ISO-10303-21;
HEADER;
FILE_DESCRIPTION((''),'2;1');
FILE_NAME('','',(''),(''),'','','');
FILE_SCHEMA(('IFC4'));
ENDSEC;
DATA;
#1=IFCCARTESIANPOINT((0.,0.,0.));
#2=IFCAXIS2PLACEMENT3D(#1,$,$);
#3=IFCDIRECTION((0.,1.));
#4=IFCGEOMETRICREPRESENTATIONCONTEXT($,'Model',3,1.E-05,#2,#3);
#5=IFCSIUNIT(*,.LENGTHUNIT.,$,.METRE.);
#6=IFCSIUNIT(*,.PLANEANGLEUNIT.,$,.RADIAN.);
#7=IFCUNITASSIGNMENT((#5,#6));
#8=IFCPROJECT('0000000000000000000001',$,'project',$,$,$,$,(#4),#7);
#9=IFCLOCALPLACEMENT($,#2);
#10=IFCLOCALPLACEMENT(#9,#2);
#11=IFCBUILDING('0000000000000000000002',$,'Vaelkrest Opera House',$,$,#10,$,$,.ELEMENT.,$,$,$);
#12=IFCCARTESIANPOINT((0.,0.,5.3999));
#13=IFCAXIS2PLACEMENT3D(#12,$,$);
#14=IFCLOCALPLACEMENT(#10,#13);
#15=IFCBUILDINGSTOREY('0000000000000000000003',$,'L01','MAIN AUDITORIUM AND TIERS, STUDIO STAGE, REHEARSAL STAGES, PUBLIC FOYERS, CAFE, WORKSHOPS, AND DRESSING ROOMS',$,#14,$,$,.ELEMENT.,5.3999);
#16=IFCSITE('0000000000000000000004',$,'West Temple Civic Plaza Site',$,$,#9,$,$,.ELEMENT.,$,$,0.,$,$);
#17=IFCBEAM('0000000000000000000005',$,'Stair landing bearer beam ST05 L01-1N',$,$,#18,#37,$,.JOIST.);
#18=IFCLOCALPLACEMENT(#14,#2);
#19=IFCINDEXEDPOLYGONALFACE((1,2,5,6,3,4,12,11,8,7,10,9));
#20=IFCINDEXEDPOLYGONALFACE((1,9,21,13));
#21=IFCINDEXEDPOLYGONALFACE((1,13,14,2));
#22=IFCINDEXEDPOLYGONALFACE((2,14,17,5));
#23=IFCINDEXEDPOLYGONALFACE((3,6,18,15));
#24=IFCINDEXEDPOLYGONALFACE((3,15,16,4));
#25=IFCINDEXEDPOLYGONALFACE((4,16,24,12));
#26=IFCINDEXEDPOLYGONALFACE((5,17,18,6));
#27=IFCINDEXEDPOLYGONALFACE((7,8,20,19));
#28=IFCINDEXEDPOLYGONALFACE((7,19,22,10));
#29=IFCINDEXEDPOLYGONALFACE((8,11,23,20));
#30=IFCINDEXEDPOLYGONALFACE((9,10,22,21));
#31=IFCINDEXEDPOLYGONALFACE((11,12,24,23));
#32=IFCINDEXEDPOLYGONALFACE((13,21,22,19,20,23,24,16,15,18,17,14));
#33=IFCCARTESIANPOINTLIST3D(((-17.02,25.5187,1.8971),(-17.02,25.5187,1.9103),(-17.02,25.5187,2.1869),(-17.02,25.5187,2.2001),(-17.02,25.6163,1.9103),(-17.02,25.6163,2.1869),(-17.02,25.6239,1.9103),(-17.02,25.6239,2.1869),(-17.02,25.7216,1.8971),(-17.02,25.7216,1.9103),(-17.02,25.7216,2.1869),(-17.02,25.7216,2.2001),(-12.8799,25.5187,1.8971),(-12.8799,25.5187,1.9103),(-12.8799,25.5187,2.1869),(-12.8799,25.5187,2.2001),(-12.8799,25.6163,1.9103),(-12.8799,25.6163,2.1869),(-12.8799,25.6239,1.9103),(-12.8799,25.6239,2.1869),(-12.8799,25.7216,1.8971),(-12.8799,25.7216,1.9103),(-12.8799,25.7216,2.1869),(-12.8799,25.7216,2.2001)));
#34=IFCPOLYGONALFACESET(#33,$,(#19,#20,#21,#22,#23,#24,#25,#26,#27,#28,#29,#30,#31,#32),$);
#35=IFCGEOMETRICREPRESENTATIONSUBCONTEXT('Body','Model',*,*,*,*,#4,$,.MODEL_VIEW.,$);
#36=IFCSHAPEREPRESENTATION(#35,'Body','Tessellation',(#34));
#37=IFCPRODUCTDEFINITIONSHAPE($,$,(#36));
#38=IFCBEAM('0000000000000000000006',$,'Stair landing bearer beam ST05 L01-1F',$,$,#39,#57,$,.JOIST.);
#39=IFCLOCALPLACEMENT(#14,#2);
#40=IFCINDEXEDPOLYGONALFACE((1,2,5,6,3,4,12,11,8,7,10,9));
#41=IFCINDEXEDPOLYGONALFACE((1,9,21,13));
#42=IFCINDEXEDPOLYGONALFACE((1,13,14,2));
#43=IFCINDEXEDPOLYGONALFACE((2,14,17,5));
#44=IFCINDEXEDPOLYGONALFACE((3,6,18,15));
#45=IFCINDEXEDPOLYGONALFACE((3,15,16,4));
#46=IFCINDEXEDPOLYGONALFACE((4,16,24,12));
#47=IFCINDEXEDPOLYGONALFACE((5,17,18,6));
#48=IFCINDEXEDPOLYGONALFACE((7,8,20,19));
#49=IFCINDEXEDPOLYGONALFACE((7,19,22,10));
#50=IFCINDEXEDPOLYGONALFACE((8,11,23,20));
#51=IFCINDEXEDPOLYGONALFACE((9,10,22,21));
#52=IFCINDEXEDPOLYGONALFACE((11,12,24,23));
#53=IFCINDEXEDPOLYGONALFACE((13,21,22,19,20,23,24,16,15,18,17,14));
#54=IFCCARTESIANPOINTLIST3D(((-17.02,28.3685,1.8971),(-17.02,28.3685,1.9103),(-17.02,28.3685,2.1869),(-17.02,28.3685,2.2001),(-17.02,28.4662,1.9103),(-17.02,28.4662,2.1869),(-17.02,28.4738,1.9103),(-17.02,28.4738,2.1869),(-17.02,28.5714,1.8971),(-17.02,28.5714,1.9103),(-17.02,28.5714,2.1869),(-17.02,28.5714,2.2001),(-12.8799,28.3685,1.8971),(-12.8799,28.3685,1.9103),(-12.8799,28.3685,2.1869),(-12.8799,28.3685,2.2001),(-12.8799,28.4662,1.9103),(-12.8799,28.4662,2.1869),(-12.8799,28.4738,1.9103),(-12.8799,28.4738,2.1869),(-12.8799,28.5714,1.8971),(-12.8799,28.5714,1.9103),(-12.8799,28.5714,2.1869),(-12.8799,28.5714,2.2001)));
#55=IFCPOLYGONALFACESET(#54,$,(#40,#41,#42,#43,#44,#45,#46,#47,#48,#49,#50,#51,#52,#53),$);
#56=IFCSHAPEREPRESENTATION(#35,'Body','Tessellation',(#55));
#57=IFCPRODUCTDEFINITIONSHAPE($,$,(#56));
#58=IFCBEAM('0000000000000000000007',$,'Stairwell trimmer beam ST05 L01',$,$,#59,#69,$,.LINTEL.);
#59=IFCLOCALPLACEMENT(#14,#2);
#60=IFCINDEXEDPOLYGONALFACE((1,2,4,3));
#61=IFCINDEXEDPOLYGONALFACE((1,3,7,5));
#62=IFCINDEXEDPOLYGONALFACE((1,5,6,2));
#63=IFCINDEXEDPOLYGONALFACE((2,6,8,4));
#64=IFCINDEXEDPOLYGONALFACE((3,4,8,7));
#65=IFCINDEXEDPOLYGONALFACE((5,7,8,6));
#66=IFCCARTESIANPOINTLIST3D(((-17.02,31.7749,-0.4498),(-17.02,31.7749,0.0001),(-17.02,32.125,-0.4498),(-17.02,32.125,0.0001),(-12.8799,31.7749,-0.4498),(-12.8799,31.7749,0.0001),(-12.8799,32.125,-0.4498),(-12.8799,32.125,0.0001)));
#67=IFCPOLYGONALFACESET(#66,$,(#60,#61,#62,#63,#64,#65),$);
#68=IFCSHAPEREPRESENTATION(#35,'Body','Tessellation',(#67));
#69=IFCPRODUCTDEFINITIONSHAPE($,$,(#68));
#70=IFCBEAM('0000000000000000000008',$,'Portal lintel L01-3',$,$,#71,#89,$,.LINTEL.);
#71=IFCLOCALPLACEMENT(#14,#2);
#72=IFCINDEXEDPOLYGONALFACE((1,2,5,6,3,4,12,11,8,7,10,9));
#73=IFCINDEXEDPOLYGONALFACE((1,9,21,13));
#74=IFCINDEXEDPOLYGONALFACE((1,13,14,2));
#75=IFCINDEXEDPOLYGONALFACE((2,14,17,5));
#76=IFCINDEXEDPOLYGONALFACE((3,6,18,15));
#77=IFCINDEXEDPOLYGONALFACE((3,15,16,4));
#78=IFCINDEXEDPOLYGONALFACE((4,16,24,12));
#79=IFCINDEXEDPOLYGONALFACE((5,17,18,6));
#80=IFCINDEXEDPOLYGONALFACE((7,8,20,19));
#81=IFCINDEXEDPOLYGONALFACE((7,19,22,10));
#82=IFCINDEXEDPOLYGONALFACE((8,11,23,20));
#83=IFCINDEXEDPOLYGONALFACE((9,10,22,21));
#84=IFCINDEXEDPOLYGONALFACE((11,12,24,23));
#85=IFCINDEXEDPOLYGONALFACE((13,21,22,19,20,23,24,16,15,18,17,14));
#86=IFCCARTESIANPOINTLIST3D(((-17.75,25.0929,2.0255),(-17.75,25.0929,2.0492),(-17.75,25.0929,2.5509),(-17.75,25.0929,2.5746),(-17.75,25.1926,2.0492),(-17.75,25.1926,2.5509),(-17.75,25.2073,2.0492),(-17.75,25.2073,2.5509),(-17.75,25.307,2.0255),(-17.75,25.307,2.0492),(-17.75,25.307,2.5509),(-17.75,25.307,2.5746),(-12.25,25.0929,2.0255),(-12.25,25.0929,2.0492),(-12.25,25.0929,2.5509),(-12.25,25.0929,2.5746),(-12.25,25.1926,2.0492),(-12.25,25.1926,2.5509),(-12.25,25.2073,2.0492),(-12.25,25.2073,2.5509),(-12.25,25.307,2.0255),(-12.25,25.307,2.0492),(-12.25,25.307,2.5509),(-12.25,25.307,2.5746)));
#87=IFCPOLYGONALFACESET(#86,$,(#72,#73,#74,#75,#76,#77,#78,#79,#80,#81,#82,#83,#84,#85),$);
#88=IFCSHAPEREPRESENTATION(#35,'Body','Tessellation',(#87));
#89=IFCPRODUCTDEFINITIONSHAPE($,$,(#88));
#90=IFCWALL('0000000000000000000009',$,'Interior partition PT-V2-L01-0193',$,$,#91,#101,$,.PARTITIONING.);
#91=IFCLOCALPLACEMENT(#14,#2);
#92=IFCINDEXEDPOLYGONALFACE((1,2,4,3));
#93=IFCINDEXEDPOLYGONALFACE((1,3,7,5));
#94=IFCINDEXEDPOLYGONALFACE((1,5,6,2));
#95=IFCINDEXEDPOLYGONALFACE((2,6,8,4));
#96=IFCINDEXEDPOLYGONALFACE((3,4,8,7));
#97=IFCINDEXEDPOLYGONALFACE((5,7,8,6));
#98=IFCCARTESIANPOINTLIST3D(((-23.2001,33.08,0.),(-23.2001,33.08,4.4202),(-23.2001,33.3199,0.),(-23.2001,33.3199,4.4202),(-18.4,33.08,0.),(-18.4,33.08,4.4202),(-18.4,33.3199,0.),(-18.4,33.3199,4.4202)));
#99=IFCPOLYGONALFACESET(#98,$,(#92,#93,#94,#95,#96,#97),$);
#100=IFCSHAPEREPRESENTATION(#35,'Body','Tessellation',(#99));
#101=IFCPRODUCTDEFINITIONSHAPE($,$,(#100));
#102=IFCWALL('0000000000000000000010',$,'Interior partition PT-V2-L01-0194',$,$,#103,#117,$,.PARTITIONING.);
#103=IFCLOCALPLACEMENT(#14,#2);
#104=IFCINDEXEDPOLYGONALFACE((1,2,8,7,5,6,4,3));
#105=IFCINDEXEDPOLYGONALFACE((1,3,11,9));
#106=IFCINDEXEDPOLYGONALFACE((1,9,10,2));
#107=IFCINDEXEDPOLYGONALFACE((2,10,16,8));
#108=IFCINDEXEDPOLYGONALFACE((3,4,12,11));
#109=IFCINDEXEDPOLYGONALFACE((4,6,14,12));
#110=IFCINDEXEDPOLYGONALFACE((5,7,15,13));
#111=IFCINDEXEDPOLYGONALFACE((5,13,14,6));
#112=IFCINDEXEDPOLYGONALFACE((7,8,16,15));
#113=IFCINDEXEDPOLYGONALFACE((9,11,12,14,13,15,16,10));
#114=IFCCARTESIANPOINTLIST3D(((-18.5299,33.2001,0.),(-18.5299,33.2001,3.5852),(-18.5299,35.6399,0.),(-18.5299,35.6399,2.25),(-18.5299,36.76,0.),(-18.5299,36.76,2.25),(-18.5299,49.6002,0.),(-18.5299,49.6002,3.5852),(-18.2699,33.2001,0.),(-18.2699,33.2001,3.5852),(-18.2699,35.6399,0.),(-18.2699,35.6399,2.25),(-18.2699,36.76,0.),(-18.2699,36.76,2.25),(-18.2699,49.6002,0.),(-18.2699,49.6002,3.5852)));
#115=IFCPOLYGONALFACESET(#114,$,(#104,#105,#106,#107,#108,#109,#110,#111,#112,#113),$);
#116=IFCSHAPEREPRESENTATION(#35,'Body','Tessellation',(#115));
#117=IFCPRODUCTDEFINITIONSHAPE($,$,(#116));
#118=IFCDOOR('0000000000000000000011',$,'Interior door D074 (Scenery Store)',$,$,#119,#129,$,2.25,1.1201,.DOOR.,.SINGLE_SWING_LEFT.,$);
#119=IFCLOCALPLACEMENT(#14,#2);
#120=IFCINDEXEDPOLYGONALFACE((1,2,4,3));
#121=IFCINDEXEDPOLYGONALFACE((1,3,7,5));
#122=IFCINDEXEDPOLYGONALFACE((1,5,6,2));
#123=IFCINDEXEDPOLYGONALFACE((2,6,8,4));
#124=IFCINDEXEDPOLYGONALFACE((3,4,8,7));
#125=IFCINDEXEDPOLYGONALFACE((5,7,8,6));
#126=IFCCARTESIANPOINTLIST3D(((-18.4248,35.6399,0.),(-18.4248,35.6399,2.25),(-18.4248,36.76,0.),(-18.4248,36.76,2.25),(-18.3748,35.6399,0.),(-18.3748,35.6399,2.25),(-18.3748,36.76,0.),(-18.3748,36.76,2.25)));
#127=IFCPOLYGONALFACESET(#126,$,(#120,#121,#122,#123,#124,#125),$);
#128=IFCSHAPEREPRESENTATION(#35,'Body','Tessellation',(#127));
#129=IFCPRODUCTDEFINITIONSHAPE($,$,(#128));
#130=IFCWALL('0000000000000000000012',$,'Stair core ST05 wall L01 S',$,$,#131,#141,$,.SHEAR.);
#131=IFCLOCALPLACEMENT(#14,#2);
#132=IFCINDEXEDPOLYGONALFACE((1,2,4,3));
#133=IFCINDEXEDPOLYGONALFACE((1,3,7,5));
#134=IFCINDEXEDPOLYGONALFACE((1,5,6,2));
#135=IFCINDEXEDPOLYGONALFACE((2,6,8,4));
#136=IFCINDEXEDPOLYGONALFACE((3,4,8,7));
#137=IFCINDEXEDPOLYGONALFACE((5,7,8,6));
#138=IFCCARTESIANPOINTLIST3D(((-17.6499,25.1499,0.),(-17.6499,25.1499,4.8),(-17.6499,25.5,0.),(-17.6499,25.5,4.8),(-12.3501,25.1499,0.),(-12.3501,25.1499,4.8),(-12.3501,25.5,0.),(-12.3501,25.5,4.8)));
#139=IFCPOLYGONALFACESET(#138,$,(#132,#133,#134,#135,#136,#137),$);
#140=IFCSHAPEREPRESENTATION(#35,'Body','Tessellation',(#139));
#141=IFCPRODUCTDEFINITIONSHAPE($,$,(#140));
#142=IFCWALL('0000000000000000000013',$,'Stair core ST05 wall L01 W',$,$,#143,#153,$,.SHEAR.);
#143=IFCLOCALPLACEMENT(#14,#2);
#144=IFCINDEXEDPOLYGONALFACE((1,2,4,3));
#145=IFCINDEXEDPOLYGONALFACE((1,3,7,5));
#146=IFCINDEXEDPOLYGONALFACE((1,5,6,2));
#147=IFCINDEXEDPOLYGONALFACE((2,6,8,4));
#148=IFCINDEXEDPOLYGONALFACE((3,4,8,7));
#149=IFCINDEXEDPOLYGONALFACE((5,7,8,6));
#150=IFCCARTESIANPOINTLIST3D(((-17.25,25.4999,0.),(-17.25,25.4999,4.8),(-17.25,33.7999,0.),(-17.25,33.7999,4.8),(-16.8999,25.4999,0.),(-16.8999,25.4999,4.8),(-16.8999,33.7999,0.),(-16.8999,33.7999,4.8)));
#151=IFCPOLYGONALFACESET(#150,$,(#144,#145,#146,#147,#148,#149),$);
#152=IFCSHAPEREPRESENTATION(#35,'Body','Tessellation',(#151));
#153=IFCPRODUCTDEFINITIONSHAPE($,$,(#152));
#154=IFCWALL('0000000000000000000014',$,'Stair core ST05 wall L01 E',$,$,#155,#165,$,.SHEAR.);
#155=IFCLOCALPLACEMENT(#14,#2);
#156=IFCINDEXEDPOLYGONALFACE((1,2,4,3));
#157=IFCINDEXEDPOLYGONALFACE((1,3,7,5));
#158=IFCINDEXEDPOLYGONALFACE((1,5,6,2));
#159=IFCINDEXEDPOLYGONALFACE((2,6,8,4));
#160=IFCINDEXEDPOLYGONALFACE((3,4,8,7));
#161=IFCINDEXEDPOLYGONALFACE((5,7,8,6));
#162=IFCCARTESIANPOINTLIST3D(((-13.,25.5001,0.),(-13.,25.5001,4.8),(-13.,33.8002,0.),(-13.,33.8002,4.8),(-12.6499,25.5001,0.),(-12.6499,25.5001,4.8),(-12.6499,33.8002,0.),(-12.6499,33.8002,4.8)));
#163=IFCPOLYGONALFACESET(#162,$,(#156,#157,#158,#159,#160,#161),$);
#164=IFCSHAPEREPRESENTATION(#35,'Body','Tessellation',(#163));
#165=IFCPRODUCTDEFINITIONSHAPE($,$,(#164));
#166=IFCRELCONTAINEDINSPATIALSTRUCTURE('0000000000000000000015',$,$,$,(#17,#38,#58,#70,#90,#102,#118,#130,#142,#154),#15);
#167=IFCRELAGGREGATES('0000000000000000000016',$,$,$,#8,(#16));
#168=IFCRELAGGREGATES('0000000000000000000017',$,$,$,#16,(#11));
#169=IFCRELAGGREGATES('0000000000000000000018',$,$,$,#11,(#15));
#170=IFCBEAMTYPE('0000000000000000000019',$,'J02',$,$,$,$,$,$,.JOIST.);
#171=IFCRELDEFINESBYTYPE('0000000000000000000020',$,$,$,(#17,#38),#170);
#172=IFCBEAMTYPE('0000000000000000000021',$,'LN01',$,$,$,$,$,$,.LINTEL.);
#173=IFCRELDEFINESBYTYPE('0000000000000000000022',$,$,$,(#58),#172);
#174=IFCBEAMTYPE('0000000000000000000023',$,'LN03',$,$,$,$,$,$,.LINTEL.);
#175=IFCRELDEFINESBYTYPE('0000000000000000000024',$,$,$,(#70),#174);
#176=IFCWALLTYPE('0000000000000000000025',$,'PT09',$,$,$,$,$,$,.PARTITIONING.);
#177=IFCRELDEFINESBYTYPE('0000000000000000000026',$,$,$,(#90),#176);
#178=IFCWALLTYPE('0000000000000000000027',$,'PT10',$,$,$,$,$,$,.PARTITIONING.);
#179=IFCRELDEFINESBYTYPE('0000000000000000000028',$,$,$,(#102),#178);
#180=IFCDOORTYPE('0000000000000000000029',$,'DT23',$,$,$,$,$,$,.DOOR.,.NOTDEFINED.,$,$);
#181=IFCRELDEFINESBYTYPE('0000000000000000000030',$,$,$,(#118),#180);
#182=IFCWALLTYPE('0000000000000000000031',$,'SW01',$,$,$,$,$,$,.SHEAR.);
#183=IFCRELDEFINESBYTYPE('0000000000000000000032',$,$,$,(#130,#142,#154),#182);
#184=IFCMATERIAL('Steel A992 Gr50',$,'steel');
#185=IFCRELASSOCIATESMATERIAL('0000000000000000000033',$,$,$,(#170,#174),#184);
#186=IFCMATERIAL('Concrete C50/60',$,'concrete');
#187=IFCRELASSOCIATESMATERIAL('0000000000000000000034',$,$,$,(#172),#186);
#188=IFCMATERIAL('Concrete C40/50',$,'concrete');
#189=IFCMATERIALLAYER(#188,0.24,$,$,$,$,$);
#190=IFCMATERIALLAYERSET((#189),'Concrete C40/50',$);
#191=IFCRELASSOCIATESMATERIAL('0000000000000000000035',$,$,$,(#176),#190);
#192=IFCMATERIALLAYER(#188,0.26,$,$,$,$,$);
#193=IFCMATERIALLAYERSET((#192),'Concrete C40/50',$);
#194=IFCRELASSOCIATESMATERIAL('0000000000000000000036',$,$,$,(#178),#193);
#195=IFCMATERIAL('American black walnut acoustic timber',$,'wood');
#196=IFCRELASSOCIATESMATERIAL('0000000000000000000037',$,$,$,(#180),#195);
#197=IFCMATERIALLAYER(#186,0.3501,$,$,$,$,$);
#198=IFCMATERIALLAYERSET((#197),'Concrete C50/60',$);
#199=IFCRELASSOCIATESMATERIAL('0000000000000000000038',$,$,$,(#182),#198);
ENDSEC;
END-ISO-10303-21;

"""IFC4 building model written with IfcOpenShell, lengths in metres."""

from ifc_helpers import new_model, si_unit, direction, frame, frame_2d, origin, origin_2d, place, context, subcontext, project, spatial, rectangle, i_section, extrude, material, layer, layer_set, material_profile, profile_set, type_object, element, fill, save


model = new_model("IFC4")

# Units and contexts
model_context = context("Model", 3, precision=1e-05, world=origin(), true_north=direction((0.0, 1.0)))
body_context = subcontext(model_context, "Body", "Model", "MODEL_VIEW")
ifc_project = project(units=[si_unit("LENGTHUNIT", "METRE"), si_unit("PLANEANGLEUNIT", "RADIAN")], contexts=[model_context])

# Site, building, storey
site_placement = place(None, origin())
site = spatial("IfcSite", under=ifc_project, at=site_placement, Name="West Temple Civic Plaza Site", CompositionType="ELEMENT", RefElevation=0.0)
building_placement = place(site_placement, origin())
building = spatial("IfcBuilding", under=site, at=building_placement, Name="Vaelkrest Opera House", CompositionType="ELEMENT")
storey_placement = place(building_placement, frame((0.0, 0.0, 5.3999)))
storey = spatial("IfcBuildingStorey", under=building, at=storey_placement, Name="L01", Description="MAIN AUDITORIUM AND TIERS, STUDIO STAGE, REHEARSAL STAGES, PUBLIC FOYERS, CAFE, WORKSHOPS, AND DRESSING ROOMS", CompositionType="ELEMENT", Elevation=5.3999)

# Shared definitions
ifc_material_1 = material(Name="Concrete C50/60", Category="concrete")

# Beams
ifc_material_2 = material(Name="Steel A992 Gr50", Category="steel")
ifc_material_profile_1 = material_profile(ifc_material_2, i_section(OverallWidth=0.2029, OverallDepth=0.303, WebThickness=0.0076, FlangeThickness=0.0132, at=origin_2d()), Name="W12X40")
ifc_profile_set_1 = profile_set([ifc_material_profile_1], Name="Steel A992 Gr50")
beam_type_1 = type_object("IfcBeamType", Name="J02", PredefinedType="JOIST", material=ifc_profile_set_1)
for number, where, z_axis, x_axis, name in (
    (1, (-17.02, 25.6201, 2.0486), (1.0, 0.0, 0.0), (0.0, 1.0, 0.0), "Stair landing bearer beam ST05 L01-1N"),
    (2, (-17.02, 28.47, 2.0486), (1.0, 0.0, 0.0), (0.0, 1.0, 0.0), "Stair landing bearer beam ST05 L01-1F"),
):
    element("IfcBeam", number, at=place(storey_placement, frame(where, z_axis=z_axis, x_axis=x_axis)), inside=storey, type_object=beam_type_1, Name=name, PredefinedType="JOIST", context=body_context, shape_type="SweptSolid", body=[
        extrude(i_section(OverallWidth=0.2029, OverallDepth=0.303, WebThickness=0.0076, FlangeThickness=0.0132, at=origin_2d()), origin(), (0.0, 0.0, 1.0), 4.1401),
    ])
ifc_material_profile_2 = material_profile(ifc_material_1, rectangle(XDim=0.3501, YDim=0.45, at=origin_2d()), Name="RCB350X450")
ifc_profile_set_2 = profile_set([ifc_material_profile_2], Name="Concrete C50/60")
beam_type_2 = type_object("IfcBeamType", Name="LN01", PredefinedType="LINTEL", material=ifc_profile_set_2)
beam_1_placement = place(storey_placement, frame((-17.02, 31.95, -0.2249), z_axis=(1.0, 0.0, 0.0), x_axis=(0.0, 1.0, 0.0)))
element("IfcBeam", 3, at=beam_1_placement, inside=storey, type_object=beam_type_2, Name="Stairwell trimmer beam ST05 L01", PredefinedType="LINTEL", context=body_context, shape_type="SweptSolid", body=[
    extrude(rectangle(XDim=0.3501, YDim=0.45, at=origin_2d()), origin(), (0.0, 0.0, 1.0), 4.1401),
])
ifc_material_profile_3 = material_profile(ifc_material_2, i_section(OverallWidth=0.2141, OverallDepth=0.5491, WebThickness=0.0146, FlangeThickness=0.0237, at=origin_2d()), Name="W21X93")
ifc_profile_set_3 = profile_set([ifc_material_profile_3], Name="Steel A992 Gr50")
beam_type_3 = type_object("IfcBeamType", Name="LN03", PredefinedType="LINTEL", material=ifc_profile_set_3)
beam_2_placement = place(storey_placement, frame((-17.75, 25.2, 2.3), z_axis=(1.0, 0.0, 0.0), x_axis=(0.0, 1.0, 0.0)))
element("IfcBeam", 4, at=beam_2_placement, inside=storey, type_object=beam_type_3, Name="Portal lintel L01-3", PredefinedType="LINTEL", context=body_context, shape_type="SweptSolid", body=[
    extrude(i_section(OverallWidth=0.2141, OverallDepth=0.5491, WebThickness=0.0146, FlangeThickness=0.0237, at=origin_2d()), origin(), (0.0, 0.0, 1.0), 5.5),
])

# Wall
ifc_material_3 = material(Name="Concrete C40/50", Category="concrete")
ifc_layer_1 = layer(ifc_material_3, 0.24)
ifc_layer_set_1 = layer_set([ifc_layer_1], Name="Concrete C40/50")
wall_type_1 = type_object("IfcWallType", Name="PT09", PredefinedType="PARTITIONING", material=ifc_layer_set_1)
wall_1_placement = place(storey_placement, frame((-23.2, 33.2, 0.0), z_axis=(0.0, 0.0, 1.0), x_axis=(1.0, 0.0, 0.0)))
element("IfcWall", 5, at=wall_1_placement, inside=storey, type_object=wall_type_1, Name="Interior partition PT-V2-L01-0193", PredefinedType="PARTITIONING", context=body_context, shape_type="SweptSolid", body=[
    extrude(rectangle(XDim=4.8, YDim=0.24, at=frame_2d((2.3999, 0.0))), origin(), (0.0, 0.0, 1.0), 4.4202),
])

# Wall, opening, door
ifc_layer_2 = layer(ifc_material_3, 0.26)
ifc_layer_set_2 = layer_set([ifc_layer_2], Name="Concrete C40/50")
wall_type_2 = type_object("IfcWallType", Name="PT10", PredefinedType="PARTITIONING", material=ifc_layer_set_2)
wall_2_placement = place(storey_placement, frame((-18.3999, 33.2, 0.0), z_axis=(0.0, 0.0, 1.0), x_axis=(0.0, 1.0, 0.0)))
wall_2 = element("IfcWall", 6, at=wall_2_placement, inside=storey, type_object=wall_type_2, Name="Interior partition PT-V2-L01-0194", PredefinedType="PARTITIONING", context=body_context, shape_type="SweptSolid", body=[
    extrude(rectangle(XDim=16.4001, YDim=0.26, at=frame_2d((8.2002, 0.0))), origin(), (0.0, 0.0, 1.0), 3.5852),
])
opening_placement = place(wall_2_placement, frame((2.4399, 0.0, 0.0)))
opening = element("IfcOpeningElement", 7, at=opening_placement, cuts=wall_2, PredefinedType="OPENING", context=body_context, shape_type="SweptSolid", body=[
    extrude(rectangle(XDim=1.1201, YDim=2.25, at=frame_2d((0.5601, 1.125))), frame((0.0, 0.1399, 0.0), z_axis=(0.0, -1.0, 0.0), x_axis=(1.0, 0.0, 0.0)), (0.0, 0.0, 1.0), 0.28),
])
ifc_material_4 = material(Name="American black walnut acoustic timber", Category="wood")
door_type = type_object("IfcDoorType", Name="DT23", OperationType="NOTDEFINED", PredefinedType="DOOR", material=ifc_material_4)
door_placement = place(opening_placement, origin())
door = element("IfcDoor", 8, at=door_placement, inside=storey, type_object=door_type, Name="Interior door D074 (Scenery Store)", OperationType="SINGLE_SWING_LEFT", OverallHeight=2.25, OverallWidth=1.1201, PredefinedType="DOOR", context=body_context, shape_type="SweptSolid", body=[
    extrude(rectangle(XDim=1.1201, YDim=2.25, at=frame_2d((0.5601, 1.125))), frame((0.0, 0.0249, 0.0), z_axis=(0.0, -1.0, 0.0), x_axis=(1.0, 0.0, 0.0)), (0.0, 0.0, 1.0), 0.05),
])
fill(opening, door)

# Walls
ifc_layer_3 = layer(ifc_material_1, 0.3501)
ifc_layer_set_3 = layer_set([ifc_layer_3], Name="Concrete C50/60")
wall_type_3 = type_object("IfcWallType", Name="SW01", PredefinedType="SHEAR", material=ifc_layer_set_3)
wall_3_placement = place(storey_placement, frame((-12.3501, 25.325, 0.0), z_axis=(0.0, 0.0, 1.0), x_axis=(-1.0, 0.0, 0.0)))
element("IfcWall", 9, at=wall_3_placement, inside=storey, type_object=wall_type_3, Name="Stair core ST05 wall L01 S", PredefinedType="SHEAR", context=body_context, shape_type="SweptSolid", body=[
    extrude(rectangle(XDim=5.2998, YDim=0.3501, at=frame_2d((2.6499, 0.0))), origin(), (0.0, 0.0, 1.0), 4.8),
])
for number, where, z_axis, x_axis, name in (
    (10, (-17.075, 25.5, 0.0), (0.0, 0.0, 1.0), (0.0, 1.0, 0.0), "Stair core ST05 wall L01 W"),
    (11, (-12.825, 33.8, 0.0), (0.0, 0.0, 1.0), (0.0, -1.0, 0.0), "Stair core ST05 wall L01 E"),
):
    element("IfcWall", number, at=place(storey_placement, frame(where, z_axis=z_axis, x_axis=x_axis)), inside=storey, type_object=wall_type_3, Name=name, PredefinedType="SHEAR", context=body_context, shape_type="SweptSolid", body=[
        extrude(rectangle(XDim=8.3, YDim=0.3501, at=frame_2d((4.1499, 0.0))), origin(), (0.0, 0.0, 1.0), 4.8),
    ])

save(model, "model.ifc")
